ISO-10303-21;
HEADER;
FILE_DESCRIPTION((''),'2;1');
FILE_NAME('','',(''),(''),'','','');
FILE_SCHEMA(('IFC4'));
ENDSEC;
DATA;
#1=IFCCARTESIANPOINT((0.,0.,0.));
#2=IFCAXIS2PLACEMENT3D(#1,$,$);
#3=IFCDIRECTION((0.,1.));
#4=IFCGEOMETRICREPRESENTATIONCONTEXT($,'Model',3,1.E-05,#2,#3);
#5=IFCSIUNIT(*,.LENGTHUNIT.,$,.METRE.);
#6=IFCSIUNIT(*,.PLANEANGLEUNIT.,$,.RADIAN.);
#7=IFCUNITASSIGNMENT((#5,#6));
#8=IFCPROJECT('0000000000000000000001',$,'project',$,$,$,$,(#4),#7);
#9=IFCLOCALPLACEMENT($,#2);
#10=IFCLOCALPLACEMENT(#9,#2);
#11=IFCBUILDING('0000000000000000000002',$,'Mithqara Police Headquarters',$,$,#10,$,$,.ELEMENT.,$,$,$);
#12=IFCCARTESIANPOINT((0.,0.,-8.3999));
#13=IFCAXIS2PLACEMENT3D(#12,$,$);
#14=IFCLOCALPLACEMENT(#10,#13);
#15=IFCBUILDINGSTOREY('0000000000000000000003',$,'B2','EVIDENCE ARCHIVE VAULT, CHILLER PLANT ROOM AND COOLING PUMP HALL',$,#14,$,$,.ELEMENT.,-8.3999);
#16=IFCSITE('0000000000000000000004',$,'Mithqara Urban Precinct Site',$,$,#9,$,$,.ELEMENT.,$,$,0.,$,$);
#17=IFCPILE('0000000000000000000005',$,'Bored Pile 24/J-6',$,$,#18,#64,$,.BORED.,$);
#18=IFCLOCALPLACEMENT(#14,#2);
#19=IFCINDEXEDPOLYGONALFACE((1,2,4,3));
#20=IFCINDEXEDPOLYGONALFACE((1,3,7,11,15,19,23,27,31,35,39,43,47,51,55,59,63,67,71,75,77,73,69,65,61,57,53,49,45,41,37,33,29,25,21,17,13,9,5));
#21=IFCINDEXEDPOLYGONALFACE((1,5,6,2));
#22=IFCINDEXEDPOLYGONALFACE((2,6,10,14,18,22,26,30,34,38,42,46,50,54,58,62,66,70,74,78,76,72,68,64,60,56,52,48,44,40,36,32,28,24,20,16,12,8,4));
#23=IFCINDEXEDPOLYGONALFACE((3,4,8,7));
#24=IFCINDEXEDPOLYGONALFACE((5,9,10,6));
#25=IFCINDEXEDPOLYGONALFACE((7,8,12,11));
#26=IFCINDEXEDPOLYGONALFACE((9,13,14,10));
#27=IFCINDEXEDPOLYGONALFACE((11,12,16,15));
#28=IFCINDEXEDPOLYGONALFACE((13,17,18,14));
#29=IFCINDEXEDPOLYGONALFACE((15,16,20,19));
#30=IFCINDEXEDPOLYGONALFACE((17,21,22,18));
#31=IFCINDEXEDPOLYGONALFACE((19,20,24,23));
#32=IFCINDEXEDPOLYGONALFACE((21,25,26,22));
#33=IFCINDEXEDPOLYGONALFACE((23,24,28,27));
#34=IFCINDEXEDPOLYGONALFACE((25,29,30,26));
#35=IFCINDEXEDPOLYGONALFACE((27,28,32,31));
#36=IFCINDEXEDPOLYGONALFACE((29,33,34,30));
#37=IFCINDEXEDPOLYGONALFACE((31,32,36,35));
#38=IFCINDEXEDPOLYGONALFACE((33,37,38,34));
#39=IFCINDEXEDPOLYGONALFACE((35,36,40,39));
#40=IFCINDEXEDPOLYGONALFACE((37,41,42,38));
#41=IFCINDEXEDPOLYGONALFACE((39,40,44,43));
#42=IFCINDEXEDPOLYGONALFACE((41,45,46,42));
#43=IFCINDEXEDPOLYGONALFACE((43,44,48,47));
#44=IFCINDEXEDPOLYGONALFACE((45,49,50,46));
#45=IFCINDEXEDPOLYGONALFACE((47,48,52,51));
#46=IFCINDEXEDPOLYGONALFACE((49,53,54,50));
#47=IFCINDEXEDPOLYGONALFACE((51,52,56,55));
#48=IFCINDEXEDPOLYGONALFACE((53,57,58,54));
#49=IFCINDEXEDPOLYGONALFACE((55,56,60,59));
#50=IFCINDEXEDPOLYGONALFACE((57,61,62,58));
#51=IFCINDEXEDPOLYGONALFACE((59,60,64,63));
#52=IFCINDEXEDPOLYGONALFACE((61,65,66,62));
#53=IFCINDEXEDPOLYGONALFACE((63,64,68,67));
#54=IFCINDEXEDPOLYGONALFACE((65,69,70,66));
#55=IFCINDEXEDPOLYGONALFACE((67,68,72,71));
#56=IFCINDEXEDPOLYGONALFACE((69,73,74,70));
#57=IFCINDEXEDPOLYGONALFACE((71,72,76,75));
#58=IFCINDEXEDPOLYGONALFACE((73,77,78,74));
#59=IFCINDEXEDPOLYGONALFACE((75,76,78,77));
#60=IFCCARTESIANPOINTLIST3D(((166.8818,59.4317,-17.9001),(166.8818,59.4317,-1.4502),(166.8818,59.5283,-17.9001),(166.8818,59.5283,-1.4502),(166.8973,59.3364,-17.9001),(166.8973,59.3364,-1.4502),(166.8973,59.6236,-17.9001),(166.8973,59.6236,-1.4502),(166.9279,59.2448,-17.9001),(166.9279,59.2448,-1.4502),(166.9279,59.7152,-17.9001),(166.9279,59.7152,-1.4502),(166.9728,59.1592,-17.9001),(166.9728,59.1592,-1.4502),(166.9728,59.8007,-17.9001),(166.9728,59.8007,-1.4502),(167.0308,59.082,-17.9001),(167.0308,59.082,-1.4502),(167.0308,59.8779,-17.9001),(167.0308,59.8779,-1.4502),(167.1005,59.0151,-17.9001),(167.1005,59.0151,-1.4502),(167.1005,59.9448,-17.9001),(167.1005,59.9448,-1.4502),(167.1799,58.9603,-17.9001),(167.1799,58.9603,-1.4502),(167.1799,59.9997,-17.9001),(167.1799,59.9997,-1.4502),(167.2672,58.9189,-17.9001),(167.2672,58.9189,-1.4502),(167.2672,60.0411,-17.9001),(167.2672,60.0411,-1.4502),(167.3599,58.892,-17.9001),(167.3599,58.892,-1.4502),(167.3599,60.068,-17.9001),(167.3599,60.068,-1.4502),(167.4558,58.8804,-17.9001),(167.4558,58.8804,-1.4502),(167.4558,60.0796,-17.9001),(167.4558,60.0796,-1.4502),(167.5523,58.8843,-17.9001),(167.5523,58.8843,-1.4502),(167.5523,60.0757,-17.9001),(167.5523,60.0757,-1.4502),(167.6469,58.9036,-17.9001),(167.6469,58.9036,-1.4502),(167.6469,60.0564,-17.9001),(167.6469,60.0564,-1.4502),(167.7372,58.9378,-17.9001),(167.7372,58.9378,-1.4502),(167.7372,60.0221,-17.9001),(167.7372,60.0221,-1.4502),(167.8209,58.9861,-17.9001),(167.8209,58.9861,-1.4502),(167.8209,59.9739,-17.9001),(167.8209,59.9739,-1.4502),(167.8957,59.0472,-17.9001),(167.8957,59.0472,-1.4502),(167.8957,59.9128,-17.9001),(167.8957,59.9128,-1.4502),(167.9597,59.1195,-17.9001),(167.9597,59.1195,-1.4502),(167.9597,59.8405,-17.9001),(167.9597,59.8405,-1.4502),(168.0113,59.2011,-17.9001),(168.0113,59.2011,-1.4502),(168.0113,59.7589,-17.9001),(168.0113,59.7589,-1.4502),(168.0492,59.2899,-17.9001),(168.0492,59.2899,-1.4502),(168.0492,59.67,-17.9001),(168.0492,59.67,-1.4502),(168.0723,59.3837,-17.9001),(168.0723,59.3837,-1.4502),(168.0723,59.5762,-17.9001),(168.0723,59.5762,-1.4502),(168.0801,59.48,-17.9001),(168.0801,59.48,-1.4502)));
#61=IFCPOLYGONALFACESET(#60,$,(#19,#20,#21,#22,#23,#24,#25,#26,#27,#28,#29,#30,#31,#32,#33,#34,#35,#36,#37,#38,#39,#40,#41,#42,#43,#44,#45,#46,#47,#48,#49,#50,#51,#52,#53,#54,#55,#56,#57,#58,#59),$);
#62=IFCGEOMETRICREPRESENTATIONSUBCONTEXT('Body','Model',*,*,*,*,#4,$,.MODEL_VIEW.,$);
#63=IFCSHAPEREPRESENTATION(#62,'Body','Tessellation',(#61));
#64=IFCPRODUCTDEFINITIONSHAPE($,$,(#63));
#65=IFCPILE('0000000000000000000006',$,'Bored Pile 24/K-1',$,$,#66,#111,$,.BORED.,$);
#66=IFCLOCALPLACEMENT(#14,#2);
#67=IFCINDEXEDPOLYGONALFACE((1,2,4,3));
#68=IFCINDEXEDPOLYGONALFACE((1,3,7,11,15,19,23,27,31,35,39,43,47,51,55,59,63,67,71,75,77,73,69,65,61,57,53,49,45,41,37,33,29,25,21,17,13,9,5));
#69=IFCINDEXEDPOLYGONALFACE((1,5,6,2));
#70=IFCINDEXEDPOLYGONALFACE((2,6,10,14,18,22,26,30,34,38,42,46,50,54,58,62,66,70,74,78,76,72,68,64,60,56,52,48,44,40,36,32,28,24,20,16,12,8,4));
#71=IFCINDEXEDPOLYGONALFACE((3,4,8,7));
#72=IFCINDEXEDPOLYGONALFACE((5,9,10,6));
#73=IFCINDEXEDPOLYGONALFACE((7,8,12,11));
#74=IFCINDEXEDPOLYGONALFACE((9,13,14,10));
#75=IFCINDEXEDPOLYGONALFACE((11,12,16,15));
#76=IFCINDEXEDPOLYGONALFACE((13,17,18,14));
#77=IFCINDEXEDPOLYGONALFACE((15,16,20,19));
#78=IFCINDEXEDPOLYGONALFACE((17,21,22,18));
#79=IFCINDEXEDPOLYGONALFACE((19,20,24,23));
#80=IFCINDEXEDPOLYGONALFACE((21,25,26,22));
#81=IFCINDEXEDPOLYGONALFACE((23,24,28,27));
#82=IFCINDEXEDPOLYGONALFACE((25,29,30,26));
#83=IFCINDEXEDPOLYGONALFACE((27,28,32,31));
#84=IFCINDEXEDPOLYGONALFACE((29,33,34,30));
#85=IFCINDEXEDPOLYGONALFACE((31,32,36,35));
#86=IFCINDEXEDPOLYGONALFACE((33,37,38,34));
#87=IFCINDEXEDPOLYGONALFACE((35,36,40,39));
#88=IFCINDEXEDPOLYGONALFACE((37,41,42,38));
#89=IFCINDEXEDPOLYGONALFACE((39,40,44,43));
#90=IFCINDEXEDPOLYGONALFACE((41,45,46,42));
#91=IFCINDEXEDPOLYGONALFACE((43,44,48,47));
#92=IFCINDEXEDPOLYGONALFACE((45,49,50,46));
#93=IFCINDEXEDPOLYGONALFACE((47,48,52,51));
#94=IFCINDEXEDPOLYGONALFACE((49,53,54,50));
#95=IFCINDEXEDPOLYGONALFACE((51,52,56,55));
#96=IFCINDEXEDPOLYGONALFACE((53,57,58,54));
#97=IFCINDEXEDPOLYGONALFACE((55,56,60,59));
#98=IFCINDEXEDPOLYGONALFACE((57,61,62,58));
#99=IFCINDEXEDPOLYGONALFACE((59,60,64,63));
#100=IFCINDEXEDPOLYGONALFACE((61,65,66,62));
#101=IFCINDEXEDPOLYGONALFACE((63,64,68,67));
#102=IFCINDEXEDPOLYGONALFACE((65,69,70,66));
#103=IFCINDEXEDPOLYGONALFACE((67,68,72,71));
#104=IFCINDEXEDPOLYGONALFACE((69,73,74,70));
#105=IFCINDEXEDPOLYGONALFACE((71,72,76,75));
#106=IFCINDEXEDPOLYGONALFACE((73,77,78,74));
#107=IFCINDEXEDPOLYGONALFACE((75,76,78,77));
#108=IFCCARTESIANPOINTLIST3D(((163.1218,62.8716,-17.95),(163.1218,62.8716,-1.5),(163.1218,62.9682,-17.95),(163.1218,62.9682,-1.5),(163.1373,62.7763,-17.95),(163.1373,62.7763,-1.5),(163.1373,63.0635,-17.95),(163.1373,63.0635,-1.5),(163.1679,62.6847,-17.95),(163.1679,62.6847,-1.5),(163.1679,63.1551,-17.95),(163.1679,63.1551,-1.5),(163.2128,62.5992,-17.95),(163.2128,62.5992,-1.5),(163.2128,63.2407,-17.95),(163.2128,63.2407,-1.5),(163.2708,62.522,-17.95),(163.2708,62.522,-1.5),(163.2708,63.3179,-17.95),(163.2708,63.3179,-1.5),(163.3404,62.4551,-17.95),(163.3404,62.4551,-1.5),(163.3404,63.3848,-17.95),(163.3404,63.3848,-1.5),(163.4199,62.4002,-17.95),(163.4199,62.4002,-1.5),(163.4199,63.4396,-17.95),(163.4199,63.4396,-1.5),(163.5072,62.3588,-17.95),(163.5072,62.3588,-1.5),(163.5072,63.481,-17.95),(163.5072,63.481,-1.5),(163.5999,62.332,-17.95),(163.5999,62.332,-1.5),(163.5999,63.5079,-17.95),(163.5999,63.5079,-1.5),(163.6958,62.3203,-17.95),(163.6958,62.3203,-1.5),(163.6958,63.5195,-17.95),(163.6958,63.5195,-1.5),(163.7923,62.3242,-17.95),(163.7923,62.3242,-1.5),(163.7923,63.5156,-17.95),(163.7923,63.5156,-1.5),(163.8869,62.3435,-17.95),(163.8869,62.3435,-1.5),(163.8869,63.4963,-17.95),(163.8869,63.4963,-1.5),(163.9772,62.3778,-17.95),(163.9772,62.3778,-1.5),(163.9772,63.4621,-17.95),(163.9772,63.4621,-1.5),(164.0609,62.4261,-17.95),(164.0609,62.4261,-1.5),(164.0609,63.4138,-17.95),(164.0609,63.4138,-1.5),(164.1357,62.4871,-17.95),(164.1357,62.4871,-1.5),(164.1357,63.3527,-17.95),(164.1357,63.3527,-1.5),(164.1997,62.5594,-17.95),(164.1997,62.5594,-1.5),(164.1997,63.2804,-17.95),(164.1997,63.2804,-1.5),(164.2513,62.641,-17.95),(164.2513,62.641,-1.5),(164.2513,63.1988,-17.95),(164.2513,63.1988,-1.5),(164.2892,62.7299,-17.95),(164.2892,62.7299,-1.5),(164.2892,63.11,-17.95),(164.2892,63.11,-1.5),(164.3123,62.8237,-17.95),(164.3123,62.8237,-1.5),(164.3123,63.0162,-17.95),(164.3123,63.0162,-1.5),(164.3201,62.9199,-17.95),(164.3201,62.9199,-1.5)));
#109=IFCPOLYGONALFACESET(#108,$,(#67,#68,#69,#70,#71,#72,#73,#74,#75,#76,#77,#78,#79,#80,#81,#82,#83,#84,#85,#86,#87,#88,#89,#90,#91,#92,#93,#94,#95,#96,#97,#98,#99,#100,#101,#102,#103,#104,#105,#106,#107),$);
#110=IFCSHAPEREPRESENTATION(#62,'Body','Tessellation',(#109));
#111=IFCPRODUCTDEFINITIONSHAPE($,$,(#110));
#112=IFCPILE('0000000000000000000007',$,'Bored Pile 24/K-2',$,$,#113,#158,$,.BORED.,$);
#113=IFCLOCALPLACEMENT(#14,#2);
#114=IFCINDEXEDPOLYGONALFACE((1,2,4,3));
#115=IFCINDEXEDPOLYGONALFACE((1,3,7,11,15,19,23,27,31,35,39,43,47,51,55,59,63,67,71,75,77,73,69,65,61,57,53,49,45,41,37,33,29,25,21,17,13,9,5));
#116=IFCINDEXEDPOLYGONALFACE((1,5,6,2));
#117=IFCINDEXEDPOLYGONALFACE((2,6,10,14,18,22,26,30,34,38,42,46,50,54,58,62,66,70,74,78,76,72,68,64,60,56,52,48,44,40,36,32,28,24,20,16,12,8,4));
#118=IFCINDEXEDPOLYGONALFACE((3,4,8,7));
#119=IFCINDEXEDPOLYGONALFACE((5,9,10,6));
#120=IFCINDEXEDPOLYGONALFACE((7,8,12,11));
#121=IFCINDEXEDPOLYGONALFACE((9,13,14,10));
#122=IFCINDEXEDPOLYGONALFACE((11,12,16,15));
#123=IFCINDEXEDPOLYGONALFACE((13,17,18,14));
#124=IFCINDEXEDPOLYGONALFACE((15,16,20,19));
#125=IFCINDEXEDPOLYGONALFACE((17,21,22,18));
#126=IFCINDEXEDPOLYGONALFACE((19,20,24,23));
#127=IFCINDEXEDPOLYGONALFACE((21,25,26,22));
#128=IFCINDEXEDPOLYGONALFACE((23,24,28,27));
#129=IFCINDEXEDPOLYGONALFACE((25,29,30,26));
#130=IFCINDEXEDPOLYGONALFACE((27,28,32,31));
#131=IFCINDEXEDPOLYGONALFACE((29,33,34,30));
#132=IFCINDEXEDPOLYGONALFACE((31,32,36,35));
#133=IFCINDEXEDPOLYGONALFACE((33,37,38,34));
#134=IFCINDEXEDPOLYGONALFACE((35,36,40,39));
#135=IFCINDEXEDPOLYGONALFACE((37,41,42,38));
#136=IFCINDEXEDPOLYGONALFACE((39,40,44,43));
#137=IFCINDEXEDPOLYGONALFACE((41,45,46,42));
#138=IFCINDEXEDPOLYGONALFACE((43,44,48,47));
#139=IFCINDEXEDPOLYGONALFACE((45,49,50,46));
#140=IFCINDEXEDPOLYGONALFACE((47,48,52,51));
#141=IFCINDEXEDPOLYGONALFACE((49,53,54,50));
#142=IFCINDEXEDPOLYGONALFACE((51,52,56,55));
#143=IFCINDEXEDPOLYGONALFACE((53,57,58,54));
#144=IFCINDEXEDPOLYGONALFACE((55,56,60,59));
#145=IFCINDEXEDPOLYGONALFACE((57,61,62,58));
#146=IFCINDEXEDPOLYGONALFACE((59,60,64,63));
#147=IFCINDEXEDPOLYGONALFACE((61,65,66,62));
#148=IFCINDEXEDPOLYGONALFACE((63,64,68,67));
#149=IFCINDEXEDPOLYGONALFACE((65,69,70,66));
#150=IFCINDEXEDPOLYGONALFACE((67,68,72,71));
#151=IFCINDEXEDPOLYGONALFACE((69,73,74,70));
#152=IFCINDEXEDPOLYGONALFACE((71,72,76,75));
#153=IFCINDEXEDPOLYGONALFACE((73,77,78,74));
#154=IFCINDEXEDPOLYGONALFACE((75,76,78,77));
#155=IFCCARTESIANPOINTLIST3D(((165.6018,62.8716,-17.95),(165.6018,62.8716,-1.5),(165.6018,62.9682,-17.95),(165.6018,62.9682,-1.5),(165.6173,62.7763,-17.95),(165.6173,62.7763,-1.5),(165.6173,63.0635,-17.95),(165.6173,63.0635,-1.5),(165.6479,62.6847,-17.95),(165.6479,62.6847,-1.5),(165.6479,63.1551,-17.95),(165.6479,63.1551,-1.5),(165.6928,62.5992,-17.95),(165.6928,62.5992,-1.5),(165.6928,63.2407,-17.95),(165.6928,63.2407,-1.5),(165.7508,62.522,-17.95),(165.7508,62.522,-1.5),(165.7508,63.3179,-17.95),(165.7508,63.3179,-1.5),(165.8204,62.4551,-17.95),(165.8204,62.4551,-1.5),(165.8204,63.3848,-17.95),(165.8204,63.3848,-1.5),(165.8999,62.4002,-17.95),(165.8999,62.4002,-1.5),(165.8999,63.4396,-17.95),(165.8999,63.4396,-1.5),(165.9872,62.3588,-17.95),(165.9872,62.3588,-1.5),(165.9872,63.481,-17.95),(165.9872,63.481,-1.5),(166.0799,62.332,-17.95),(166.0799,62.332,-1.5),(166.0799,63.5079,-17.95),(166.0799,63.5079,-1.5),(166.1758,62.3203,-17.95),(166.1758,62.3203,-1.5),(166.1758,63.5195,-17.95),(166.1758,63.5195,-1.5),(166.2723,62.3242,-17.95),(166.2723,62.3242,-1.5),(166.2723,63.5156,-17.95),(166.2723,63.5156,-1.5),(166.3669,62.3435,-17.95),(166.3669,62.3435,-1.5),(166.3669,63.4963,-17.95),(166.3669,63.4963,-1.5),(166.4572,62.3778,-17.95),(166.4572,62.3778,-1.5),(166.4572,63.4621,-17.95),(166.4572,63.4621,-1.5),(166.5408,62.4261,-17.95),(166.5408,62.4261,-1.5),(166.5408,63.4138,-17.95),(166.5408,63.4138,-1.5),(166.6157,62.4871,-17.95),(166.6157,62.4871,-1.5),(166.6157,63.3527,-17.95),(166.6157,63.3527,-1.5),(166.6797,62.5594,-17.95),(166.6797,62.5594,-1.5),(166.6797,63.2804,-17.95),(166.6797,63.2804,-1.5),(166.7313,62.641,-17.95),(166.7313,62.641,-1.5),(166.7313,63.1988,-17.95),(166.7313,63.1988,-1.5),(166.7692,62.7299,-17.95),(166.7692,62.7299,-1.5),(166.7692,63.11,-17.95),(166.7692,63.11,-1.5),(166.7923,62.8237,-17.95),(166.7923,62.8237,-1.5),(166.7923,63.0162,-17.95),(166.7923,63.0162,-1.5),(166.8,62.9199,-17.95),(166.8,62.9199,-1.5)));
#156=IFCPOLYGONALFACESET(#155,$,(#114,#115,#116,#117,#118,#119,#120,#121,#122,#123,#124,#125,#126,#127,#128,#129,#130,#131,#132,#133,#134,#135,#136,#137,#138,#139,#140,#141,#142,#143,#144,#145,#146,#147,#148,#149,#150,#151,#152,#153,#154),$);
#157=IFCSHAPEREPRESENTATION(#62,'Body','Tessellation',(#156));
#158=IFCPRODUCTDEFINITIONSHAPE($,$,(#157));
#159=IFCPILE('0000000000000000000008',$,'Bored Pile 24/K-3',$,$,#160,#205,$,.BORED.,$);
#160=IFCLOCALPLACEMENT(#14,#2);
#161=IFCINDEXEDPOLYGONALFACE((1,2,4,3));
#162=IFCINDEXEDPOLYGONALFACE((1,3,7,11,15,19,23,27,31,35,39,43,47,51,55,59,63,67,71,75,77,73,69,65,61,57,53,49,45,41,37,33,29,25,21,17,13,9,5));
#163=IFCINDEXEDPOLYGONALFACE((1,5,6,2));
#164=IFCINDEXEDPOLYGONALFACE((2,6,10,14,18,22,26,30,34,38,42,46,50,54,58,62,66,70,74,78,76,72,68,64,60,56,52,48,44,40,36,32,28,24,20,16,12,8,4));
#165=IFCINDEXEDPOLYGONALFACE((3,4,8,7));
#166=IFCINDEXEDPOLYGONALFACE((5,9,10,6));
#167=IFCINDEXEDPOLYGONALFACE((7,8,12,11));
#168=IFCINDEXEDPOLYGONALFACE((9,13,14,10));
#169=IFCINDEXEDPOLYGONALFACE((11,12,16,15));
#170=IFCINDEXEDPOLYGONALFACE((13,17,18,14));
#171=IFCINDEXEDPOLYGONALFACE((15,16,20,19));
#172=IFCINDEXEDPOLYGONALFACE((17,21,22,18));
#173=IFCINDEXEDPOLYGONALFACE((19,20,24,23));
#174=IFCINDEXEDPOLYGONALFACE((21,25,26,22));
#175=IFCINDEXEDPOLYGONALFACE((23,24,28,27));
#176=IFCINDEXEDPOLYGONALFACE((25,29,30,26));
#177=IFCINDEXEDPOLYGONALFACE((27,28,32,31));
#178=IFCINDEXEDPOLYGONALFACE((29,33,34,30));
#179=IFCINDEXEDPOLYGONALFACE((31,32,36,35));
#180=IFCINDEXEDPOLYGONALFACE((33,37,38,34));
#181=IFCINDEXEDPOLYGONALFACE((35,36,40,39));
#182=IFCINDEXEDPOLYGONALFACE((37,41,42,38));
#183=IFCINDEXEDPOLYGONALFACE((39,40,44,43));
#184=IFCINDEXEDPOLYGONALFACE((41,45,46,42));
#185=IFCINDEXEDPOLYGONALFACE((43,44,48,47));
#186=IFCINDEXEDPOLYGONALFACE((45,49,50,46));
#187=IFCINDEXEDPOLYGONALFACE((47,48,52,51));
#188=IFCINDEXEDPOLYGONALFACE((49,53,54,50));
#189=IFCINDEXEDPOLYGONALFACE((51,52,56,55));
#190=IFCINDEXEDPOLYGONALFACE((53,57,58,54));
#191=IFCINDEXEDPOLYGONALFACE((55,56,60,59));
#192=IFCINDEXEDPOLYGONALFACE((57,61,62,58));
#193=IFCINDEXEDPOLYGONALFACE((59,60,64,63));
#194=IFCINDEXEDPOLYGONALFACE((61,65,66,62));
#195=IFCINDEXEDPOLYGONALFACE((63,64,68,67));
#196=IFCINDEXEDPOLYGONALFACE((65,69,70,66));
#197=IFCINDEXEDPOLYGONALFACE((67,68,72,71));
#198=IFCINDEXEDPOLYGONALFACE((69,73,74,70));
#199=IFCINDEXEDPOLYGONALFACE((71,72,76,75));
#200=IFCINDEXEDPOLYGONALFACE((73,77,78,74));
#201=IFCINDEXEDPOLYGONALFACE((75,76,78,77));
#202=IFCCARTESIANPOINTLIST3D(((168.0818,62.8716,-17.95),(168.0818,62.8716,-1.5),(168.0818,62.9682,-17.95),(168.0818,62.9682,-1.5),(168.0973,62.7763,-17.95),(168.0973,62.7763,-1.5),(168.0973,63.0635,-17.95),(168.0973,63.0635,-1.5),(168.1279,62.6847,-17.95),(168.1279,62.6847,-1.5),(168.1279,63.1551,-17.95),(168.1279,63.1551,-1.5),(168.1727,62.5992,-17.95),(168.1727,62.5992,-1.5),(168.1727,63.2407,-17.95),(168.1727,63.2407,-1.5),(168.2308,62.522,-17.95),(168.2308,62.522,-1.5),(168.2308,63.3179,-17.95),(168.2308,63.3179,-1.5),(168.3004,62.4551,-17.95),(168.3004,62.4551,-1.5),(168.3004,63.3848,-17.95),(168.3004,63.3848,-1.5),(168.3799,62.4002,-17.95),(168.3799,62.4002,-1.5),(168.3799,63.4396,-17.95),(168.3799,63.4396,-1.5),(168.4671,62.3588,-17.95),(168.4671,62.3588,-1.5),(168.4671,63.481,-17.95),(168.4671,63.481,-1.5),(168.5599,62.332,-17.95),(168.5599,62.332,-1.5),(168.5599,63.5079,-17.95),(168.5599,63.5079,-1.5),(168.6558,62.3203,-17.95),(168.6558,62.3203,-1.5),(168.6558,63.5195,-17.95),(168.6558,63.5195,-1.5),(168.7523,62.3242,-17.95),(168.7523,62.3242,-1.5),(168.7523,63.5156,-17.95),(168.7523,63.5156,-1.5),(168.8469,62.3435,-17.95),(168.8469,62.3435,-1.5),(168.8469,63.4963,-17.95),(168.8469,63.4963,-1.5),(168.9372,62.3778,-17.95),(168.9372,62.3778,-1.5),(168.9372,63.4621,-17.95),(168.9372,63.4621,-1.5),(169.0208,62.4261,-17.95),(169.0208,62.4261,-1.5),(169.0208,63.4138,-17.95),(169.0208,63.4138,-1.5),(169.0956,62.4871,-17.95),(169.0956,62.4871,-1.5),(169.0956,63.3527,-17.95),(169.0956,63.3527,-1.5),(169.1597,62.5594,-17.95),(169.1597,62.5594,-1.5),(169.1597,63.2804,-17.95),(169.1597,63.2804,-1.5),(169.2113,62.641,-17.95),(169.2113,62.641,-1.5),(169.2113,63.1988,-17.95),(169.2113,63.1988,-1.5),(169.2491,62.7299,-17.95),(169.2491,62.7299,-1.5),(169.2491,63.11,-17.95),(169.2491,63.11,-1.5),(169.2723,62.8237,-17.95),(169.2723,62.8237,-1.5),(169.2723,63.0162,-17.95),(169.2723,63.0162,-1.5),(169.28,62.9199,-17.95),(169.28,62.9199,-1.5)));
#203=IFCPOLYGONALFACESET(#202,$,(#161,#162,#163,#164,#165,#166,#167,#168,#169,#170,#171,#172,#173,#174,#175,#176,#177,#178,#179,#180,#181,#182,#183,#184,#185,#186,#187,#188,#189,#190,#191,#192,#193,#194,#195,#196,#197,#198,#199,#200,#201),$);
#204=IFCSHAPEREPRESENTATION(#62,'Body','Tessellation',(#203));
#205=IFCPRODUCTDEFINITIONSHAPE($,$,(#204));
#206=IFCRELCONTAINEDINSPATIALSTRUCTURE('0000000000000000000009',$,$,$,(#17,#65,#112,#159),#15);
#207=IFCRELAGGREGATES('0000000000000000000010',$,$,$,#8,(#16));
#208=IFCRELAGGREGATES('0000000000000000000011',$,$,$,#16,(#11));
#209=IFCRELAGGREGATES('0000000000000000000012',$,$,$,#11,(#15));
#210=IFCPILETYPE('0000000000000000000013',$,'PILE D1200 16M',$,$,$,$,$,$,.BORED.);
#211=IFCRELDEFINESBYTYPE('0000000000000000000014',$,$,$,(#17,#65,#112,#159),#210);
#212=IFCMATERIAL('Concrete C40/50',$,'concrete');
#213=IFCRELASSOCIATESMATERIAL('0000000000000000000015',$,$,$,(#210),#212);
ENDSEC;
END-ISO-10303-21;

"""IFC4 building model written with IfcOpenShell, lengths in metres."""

from ifc_helpers import new_model, si_unit, direction, frame, origin, origin_2d, place, context, subcontext, project, spatial, circle, extrude, material, material_profile, profile_set, type_object, element, save


model = new_model("IFC4")

# Units and contexts
model_context = context("Model", 3, precision=1e-05, world=origin(), true_north=direction((0.0, 1.0)))
body_context = subcontext(model_context, "Body", "Model", "MODEL_VIEW")
ifc_project = project(units=[si_unit("LENGTHUNIT", "METRE"), si_unit("PLANEANGLEUNIT", "RADIAN")], contexts=[model_context])

# Site, building, storey
site_placement = place(None, origin())
site = spatial("IfcSite", under=ifc_project, at=site_placement, Name="Mithqara Urban Precinct Site", CompositionType="ELEMENT", RefElevation=0.0)
building_placement = place(site_placement, origin())
building = spatial("IfcBuilding", under=site, at=building_placement, Name="Mithqara Police Headquarters", CompositionType="ELEMENT")
storey_placement = place(building_placement, frame((0.0, 0.0, -8.3999)))
storey = spatial("IfcBuildingStorey", under=building, at=storey_placement, Name="B2", Description="EVIDENCE ARCHIVE VAULT, CHILLER PLANT ROOM AND COOLING PUMP HALL", CompositionType="ELEMENT", Elevation=-8.3999)

# Shared definitions
ifc_material_1 = material(Name="Concrete C40/50", Category="concrete")

# Piles
ifc_material_profile_1 = material_profile(ifc_material_1, circle(Radius=0.6001, at=origin_2d()), Name="PILE D1200")
ifc_profile_set_1 = profile_set([ifc_material_profile_1], Name="Concrete C40/50")
pile_type_1 = type_object("IfcPileType", Name="PILE D1200 16M", PredefinedType="BORED", material=ifc_profile_set_1)
for number, where, z_axis, x_axis, name in (
    (1, (167.48, 59.48, -1.4502), (0.0, 0.0, -1.0), (1.0, 0.0, 0.0), "Bored Pile 24/J-6"),
    (2, (163.72, 62.9199, -1.5), (0.0, 0.0, -1.0), (1.0, 0.0, 0.0), "Bored Pile 24/K-1"),
    (3, (166.2, 62.9199, -1.5), (0.0, 0.0, -1.0), (1.0, 0.0, 0.0), "Bored Pile 24/K-2"),
    (4, (168.6799, 62.9199, -1.5), (0.0, 0.0, -1.0), (1.0, 0.0, 0.0), "Bored Pile 24/K-3"),
):
    element("IfcPile", number, at=place(storey_placement, frame(where, z_axis=z_axis, x_axis=x_axis)), inside=storey, type_object=pile_type_1, Name=name, PredefinedType="BORED", context=body_context, shape_type="SweptSolid", body=[
        extrude(circle(Radius=0.6001, at=origin_2d()), origin(), (0.0, 0.0, 1.0), 16.45),
    ])

save(model, "model.ifc")
